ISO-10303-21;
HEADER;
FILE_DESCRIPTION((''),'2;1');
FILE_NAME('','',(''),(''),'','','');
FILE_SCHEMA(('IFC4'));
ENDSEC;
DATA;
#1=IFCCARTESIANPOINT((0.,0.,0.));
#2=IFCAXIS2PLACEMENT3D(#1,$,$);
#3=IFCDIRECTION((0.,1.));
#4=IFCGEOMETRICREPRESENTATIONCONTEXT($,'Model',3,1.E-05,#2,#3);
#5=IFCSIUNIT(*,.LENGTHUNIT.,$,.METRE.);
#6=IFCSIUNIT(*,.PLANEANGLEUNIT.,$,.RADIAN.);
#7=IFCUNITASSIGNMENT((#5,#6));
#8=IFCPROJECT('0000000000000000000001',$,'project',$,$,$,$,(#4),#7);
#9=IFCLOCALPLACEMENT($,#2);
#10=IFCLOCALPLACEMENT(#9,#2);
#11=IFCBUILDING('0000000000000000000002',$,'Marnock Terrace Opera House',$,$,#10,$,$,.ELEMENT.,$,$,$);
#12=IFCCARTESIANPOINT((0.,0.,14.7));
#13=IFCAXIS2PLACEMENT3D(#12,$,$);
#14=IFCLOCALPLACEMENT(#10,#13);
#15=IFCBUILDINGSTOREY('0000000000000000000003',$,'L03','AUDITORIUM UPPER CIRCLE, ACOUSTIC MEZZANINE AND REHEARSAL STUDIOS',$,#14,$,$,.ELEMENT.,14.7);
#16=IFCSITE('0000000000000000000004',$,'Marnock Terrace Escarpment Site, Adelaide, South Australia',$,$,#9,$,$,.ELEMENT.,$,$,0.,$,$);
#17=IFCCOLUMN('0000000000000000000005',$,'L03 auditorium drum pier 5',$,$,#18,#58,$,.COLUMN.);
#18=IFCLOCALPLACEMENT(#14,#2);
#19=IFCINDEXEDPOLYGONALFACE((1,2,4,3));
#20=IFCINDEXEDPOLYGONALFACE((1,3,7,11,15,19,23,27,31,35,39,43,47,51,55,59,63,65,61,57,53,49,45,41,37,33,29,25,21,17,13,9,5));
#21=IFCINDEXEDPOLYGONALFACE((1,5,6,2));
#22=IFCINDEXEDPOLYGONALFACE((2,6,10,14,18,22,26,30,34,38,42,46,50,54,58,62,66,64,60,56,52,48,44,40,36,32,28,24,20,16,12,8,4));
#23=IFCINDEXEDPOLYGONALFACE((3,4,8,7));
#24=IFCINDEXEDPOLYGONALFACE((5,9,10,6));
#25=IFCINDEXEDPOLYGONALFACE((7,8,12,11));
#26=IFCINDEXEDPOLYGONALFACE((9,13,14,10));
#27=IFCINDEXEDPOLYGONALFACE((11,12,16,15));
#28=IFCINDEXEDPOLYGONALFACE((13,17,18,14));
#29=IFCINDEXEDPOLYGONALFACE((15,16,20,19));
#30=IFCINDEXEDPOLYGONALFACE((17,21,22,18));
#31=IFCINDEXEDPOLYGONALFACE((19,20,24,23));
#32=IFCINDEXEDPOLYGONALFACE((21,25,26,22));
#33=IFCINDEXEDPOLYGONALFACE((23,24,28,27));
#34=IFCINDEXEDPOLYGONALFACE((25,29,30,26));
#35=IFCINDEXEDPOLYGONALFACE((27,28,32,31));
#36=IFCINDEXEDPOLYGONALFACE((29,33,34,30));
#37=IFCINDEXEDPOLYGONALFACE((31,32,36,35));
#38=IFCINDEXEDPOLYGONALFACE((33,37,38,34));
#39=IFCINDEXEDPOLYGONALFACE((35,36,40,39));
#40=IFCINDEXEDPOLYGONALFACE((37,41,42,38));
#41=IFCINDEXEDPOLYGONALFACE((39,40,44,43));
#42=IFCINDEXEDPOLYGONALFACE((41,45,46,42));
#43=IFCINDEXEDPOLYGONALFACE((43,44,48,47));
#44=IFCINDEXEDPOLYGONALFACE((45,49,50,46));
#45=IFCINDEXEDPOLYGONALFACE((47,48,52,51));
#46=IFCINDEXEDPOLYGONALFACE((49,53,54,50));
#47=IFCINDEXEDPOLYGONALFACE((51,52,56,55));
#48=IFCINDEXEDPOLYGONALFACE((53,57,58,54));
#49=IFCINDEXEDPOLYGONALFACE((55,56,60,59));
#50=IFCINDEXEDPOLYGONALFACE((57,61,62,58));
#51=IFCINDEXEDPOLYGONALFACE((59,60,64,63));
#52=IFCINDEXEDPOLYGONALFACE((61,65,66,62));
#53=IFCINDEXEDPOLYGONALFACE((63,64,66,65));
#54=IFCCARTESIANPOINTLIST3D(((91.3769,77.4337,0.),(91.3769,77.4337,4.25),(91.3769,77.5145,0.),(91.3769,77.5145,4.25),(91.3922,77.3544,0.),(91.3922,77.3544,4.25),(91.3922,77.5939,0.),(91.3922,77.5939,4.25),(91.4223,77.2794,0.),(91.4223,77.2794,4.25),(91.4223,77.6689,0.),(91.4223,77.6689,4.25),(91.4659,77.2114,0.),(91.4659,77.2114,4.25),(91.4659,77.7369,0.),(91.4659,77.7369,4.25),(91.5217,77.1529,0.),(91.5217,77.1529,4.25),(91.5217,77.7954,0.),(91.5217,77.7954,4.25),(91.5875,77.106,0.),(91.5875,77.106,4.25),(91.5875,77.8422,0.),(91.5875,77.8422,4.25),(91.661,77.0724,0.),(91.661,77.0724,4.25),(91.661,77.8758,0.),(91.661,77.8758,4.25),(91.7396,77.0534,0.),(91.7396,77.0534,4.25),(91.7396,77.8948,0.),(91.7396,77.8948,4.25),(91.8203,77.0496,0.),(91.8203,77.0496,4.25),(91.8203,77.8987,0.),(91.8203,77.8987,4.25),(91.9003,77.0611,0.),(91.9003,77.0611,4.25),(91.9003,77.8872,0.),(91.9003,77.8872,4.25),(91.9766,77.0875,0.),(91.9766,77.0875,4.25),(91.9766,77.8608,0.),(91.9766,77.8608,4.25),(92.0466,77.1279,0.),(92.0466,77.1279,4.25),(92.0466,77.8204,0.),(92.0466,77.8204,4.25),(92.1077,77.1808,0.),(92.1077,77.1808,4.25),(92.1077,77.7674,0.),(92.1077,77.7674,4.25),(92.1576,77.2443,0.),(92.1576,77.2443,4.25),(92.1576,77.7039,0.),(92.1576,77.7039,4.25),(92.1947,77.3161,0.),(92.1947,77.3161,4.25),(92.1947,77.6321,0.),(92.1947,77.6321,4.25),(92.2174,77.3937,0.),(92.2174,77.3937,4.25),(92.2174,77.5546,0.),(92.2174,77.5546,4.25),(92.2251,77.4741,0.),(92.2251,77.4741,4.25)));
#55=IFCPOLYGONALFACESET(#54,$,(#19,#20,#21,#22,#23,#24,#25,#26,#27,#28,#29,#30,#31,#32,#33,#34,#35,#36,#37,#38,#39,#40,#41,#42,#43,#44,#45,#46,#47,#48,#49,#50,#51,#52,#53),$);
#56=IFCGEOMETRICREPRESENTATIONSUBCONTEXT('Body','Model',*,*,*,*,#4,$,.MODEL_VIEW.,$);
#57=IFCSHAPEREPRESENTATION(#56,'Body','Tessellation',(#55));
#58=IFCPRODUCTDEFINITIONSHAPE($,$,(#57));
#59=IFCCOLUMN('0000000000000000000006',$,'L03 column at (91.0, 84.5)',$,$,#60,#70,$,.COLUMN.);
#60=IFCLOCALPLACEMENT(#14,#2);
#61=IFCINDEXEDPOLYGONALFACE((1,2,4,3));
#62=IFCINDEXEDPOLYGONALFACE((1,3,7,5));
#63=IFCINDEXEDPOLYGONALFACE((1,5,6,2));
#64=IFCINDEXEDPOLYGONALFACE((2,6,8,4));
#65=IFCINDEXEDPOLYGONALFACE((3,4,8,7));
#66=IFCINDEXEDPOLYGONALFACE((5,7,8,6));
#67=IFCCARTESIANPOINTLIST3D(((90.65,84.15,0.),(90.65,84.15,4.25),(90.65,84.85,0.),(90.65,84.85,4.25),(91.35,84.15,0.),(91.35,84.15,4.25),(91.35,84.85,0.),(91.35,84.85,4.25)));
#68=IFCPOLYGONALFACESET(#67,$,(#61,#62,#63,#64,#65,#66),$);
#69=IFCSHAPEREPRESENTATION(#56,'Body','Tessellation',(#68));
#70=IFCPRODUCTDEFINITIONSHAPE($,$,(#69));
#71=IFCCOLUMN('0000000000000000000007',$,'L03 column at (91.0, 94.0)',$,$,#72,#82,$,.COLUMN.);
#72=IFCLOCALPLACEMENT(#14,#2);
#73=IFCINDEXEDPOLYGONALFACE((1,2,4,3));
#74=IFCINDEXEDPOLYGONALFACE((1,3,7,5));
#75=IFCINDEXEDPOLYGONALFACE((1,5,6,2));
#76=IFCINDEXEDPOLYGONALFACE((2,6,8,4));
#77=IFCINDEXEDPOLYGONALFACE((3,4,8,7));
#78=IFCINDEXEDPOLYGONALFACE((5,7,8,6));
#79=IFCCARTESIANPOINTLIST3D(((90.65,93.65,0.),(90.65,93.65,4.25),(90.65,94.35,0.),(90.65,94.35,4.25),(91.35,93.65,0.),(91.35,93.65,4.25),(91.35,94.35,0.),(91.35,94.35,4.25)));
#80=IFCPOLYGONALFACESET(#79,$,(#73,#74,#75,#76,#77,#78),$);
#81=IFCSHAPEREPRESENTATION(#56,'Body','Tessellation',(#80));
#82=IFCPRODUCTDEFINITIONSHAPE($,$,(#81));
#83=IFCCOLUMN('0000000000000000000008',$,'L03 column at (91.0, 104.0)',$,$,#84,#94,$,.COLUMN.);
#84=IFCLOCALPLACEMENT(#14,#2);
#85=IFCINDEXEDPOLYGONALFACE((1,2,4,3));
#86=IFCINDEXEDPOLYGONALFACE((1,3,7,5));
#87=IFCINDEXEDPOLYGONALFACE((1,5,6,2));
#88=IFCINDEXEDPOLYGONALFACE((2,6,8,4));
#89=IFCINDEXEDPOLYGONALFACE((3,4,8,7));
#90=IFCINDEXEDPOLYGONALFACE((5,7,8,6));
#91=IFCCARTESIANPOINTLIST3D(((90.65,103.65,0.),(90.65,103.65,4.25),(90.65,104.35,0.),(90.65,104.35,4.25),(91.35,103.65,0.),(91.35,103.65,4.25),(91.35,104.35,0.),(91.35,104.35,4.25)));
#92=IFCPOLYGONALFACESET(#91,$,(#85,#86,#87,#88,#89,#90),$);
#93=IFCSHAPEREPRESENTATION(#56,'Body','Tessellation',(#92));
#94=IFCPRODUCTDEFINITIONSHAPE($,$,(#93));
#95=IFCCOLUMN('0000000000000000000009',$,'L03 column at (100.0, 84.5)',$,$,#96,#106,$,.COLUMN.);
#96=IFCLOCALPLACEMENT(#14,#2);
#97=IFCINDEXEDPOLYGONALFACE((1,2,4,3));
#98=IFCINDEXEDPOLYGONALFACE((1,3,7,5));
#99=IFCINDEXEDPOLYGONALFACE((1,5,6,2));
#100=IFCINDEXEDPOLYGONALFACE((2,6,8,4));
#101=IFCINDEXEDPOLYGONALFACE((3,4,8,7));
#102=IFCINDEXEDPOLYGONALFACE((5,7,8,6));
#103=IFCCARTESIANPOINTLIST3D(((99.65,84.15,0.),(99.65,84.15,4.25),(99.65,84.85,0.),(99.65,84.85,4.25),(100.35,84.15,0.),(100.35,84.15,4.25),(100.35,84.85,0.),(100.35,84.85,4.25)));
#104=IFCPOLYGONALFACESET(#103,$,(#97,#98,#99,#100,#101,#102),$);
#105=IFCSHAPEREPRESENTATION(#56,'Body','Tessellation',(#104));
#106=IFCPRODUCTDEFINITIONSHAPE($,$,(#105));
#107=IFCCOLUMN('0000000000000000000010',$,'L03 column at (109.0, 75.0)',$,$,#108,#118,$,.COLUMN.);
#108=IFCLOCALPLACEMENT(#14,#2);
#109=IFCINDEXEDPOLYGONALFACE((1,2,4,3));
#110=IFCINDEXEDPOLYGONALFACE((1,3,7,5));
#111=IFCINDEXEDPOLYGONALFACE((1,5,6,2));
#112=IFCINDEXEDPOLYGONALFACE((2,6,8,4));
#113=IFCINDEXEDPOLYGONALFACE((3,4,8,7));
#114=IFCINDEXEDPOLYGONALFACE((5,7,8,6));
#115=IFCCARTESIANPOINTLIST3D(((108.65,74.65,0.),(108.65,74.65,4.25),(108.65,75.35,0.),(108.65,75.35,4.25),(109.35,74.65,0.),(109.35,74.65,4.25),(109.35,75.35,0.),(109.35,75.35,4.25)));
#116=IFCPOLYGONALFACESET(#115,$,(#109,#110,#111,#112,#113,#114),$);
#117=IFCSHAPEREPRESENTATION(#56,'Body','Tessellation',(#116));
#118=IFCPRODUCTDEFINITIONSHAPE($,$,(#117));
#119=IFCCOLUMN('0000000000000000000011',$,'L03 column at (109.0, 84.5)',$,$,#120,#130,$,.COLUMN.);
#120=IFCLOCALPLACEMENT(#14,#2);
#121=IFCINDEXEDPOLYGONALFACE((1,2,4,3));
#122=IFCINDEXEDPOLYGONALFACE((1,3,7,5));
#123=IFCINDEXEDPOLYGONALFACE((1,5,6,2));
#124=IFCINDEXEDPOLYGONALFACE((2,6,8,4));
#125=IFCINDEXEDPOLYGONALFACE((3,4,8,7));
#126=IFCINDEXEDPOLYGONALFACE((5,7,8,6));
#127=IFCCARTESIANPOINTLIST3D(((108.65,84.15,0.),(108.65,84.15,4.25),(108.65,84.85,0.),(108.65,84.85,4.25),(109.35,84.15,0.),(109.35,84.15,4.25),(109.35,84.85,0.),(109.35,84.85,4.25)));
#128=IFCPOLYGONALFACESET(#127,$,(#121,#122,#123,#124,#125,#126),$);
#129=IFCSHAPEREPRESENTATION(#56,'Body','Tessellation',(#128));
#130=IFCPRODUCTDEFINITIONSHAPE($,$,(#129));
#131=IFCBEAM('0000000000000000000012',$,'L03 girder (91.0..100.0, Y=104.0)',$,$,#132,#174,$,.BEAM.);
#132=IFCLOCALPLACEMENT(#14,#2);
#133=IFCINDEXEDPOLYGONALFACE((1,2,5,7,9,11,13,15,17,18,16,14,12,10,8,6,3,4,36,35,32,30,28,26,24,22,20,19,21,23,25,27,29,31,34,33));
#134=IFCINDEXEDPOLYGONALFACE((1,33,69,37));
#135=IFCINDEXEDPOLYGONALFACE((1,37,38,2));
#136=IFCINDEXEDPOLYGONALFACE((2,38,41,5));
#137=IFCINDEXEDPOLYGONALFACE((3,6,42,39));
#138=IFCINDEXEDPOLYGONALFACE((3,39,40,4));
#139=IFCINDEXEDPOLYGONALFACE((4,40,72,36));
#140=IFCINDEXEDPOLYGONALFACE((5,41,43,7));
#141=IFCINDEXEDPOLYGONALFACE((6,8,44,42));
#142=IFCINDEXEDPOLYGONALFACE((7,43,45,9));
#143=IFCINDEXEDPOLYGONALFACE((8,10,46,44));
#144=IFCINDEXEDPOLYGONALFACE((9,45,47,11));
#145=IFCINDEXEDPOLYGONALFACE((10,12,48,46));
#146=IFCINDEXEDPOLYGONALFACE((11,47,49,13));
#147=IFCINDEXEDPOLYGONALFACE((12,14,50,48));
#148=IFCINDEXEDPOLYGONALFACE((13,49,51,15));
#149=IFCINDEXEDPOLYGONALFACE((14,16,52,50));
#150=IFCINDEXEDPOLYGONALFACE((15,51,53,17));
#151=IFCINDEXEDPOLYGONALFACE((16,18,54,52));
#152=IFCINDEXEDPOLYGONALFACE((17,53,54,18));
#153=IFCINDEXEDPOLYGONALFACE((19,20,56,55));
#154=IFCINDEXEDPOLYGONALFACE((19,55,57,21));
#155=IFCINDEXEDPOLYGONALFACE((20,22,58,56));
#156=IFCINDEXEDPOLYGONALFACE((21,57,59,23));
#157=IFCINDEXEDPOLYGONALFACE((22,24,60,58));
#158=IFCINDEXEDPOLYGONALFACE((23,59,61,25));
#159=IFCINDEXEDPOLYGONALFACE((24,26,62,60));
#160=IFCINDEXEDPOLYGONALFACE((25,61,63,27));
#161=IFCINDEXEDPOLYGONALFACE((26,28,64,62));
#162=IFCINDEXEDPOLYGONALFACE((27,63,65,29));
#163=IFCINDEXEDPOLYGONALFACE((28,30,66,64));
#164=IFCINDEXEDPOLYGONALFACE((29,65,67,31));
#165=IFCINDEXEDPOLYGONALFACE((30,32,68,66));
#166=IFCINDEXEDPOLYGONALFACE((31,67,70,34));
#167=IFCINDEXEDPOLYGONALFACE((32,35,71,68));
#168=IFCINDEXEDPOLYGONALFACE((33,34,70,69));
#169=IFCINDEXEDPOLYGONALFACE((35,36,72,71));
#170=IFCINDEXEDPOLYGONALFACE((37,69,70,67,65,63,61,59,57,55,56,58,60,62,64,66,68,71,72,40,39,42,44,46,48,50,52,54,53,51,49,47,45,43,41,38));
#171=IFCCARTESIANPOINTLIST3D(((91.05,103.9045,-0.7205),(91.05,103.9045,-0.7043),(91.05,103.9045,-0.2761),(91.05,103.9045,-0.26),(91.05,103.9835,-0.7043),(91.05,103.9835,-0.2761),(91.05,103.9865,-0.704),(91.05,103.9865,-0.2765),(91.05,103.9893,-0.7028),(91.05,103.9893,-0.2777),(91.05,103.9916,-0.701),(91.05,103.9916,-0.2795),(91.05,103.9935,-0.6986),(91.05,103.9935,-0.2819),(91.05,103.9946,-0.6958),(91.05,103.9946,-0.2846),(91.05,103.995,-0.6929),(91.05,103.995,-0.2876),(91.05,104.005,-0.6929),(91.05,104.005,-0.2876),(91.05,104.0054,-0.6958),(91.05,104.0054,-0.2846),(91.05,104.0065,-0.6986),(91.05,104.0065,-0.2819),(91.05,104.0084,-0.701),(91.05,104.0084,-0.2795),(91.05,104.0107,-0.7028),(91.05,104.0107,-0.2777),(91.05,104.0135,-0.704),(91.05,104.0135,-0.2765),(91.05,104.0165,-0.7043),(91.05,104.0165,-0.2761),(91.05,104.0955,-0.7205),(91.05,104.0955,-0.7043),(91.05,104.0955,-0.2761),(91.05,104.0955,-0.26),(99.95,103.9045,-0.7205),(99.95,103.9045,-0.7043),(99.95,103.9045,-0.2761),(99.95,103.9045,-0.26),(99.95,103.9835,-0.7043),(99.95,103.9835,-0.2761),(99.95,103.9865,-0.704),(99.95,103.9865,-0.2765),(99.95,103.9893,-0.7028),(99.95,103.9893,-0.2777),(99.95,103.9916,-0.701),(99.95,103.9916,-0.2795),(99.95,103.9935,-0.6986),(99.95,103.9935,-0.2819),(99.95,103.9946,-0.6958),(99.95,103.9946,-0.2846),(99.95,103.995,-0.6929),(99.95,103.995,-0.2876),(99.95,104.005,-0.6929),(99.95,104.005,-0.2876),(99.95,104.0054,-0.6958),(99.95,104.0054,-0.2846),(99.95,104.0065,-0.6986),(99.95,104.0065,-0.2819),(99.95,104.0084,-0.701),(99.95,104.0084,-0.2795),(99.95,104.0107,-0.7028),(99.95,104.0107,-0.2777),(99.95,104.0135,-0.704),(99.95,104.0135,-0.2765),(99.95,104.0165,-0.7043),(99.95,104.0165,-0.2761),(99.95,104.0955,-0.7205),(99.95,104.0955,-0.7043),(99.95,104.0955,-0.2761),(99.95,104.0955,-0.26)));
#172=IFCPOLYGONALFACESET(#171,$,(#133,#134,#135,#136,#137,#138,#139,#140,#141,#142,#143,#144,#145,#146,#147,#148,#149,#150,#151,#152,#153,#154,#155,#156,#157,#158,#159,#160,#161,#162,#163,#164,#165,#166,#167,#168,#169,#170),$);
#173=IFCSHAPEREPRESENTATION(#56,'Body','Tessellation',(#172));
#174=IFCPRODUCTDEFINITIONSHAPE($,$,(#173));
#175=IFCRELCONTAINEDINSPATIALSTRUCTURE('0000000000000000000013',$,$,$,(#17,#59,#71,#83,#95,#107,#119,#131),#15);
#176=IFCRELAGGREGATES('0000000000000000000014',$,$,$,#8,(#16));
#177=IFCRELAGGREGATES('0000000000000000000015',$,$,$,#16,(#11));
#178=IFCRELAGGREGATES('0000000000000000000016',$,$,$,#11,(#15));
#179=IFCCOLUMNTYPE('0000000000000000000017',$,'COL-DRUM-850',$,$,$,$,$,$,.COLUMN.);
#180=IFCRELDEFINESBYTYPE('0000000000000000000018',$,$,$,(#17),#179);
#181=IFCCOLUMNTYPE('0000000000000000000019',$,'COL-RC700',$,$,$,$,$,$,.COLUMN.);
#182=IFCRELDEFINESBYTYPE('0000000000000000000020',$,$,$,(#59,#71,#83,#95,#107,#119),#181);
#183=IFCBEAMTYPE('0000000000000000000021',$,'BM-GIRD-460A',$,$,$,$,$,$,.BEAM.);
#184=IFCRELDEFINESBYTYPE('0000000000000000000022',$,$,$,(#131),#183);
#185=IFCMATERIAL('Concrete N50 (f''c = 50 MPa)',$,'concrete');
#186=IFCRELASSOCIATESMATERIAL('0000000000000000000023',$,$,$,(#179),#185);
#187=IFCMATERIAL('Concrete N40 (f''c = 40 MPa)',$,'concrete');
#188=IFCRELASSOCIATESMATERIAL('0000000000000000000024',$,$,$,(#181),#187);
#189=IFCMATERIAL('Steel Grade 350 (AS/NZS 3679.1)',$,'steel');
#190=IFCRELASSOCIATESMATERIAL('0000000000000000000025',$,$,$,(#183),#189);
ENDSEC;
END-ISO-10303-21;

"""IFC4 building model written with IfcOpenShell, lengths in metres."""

from ifc_helpers import new_model, si_unit, direction, frame, origin, origin_2d, place, context, subcontext, project, spatial, rectangle, circle, i_section, extrude, material, material_profile, profile_set, type_object, element, save


model = new_model("IFC4")

# Units and contexts
model_context = context("Model", 3, precision=1e-05, world=origin(), true_north=direction((0.0, 1.0)))
body_context = subcontext(model_context, "Body", "Model", "MODEL_VIEW")
ifc_project = project(units=[si_unit("LENGTHUNIT", "METRE"), si_unit("PLANEANGLEUNIT", "RADIAN")], contexts=[model_context])

# Site, building, storey
site_placement = place(None, origin())
site = spatial("IfcSite", under=ifc_project, at=site_placement, Name="Marnock Terrace Escarpment Site, Adelaide, South Australia", CompositionType="ELEMENT", RefElevation=0.0)
building_placement = place(site_placement, origin())
building = spatial("IfcBuilding", under=site, at=building_placement, Name="Marnock Terrace Opera House", CompositionType="ELEMENT")
storey_placement = place(building_placement, frame((0.0, 0.0, 14.7)))
storey = spatial("IfcBuildingStorey", under=building, at=storey_placement, Name="L03", Description="AUDITORIUM UPPER CIRCLE, ACOUSTIC MEZZANINE AND REHEARSAL STUDIOS", CompositionType="ELEMENT", Elevation=14.7)

# Columns
ifc_material_1 = material(Name="Concrete N50 (f'c = 50 MPa)", Category="concrete")
ifc_material_profile_1 = material_profile(ifc_material_1, circle(Radius=0.425, at=origin_2d()))
ifc_profile_set_1 = profile_set([ifc_material_profile_1], Name="Concrete N50 (f'c = 50 MPa)")
column_type_1 = type_object("IfcColumnType", Name="COL-DRUM-850", PredefinedType="COLUMN", material=ifc_profile_set_1)
column_placement = place(storey_placement, frame((91.8, 77.4741, 0.0), z_axis=(0.0, 0.0, 1.0), x_axis=(1.0, 0.0, 0.0)))
element("IfcColumn", 1, at=column_placement, inside=storey, type_object=column_type_1, Name="L03 auditorium drum pier 5", PredefinedType="COLUMN", context=body_context, shape_type="SweptSolid", body=[
    extrude(circle(Radius=0.425, at=origin_2d()), origin(), (0.0, 0.0, 1.0), 4.25),
])
ifc_material_2 = material(Name="Concrete N40 (f'c = 40 MPa)", Category="concrete")
ifc_material_profile_2 = material_profile(ifc_material_2, rectangle(XDim=0.7, YDim=0.7, at=origin_2d()))
ifc_profile_set_2 = profile_set([ifc_material_profile_2], Name="Concrete N40 (f'c = 40 MPa)")
column_type_2 = type_object("IfcColumnType", Name="COL-RC700", PredefinedType="COLUMN", material=ifc_profile_set_2)
for number, where, z_axis, x_axis, name in (
    (2, (91.0, 84.5, 0.0), (0.0, 0.0, 1.0), (1.0, 0.0, 0.0), "L03 column at (91.0, 84.5)"),
    (3, (91.0, 94.0, 0.0), (0.0, 0.0, 1.0), (1.0, 0.0, 0.0), "L03 column at (91.0, 94.0)"),
    (4, (91.0, 104.0, 0.0), (0.0, 0.0, 1.0), (1.0, 0.0, 0.0), "L03 column at (91.0, 104.0)"),
    (5, (100.0, 84.5, 0.0), (0.0, 0.0, 1.0), (1.0, 0.0, 0.0), "L03 column at (100.0, 84.5)"),
    (6, (109.0, 75.0, 0.0), (0.0, 0.0, 1.0), (1.0, 0.0, 0.0), "L03 column at (109.0, 75.0)"),
    (7, (109.0, 84.5, 0.0), (0.0, 0.0, 1.0), (1.0, 0.0, 0.0), "L03 column at (109.0, 84.5)"),
):
    element("IfcColumn", number, at=place(storey_placement, frame(where, z_axis=z_axis, x_axis=x_axis)), inside=storey, type_object=column_type_2, Name=name, PredefinedType="COLUMN", context=body_context, shape_type="SweptSolid", body=[
        extrude(rectangle(XDim=0.7, YDim=0.7, at=origin_2d()), origin(), (0.0, 0.0, 1.0), 4.25),
    ])

# Beam
ifc_material_3 = material(Name="Steel Grade 350 (AS/NZS 3679.1)", Category="steel")
ifc_material_profile_3 = material_profile(ifc_material_3, i_section(OverallWidth=0.1909, OverallDepth=0.4604, WebThickness=0.01, FlangeThickness=0.0161, FilletRadius=0.0115, at=origin_2d()))
ifc_profile_set_3 = profile_set([ifc_material_profile_3], Name="Steel Grade 350 (AS/NZS 3679.1)")
beam_type_1 = type_object("IfcBeamType", Name="BM-GIRD-460A", PredefinedType="BEAM", material=ifc_profile_set_3)
beam_1_placement = place(storey_placement, frame((91.05, 104.0, -0.4902), z_axis=(1.0, 0.0, 0.0), x_axis=(0.0, 1.0, 0.0)))
element("IfcBeam", 8, at=beam_1_placement, inside=storey, type_object=beam_type_1, Name="L03 girder (91.0..100.0, Y=104.0)", PredefinedType="BEAM", context=body_context, shape_type="SweptSolid", body=[
    extrude(i_section(OverallWidth=0.1909, OverallDepth=0.4604, WebThickness=0.01, FlangeThickness=0.0161, FilletRadius=0.0115, at=origin_2d()), origin(), (0.0, 0.0, 1.0), 8.8999),
])

save(model, "model.ifc")
